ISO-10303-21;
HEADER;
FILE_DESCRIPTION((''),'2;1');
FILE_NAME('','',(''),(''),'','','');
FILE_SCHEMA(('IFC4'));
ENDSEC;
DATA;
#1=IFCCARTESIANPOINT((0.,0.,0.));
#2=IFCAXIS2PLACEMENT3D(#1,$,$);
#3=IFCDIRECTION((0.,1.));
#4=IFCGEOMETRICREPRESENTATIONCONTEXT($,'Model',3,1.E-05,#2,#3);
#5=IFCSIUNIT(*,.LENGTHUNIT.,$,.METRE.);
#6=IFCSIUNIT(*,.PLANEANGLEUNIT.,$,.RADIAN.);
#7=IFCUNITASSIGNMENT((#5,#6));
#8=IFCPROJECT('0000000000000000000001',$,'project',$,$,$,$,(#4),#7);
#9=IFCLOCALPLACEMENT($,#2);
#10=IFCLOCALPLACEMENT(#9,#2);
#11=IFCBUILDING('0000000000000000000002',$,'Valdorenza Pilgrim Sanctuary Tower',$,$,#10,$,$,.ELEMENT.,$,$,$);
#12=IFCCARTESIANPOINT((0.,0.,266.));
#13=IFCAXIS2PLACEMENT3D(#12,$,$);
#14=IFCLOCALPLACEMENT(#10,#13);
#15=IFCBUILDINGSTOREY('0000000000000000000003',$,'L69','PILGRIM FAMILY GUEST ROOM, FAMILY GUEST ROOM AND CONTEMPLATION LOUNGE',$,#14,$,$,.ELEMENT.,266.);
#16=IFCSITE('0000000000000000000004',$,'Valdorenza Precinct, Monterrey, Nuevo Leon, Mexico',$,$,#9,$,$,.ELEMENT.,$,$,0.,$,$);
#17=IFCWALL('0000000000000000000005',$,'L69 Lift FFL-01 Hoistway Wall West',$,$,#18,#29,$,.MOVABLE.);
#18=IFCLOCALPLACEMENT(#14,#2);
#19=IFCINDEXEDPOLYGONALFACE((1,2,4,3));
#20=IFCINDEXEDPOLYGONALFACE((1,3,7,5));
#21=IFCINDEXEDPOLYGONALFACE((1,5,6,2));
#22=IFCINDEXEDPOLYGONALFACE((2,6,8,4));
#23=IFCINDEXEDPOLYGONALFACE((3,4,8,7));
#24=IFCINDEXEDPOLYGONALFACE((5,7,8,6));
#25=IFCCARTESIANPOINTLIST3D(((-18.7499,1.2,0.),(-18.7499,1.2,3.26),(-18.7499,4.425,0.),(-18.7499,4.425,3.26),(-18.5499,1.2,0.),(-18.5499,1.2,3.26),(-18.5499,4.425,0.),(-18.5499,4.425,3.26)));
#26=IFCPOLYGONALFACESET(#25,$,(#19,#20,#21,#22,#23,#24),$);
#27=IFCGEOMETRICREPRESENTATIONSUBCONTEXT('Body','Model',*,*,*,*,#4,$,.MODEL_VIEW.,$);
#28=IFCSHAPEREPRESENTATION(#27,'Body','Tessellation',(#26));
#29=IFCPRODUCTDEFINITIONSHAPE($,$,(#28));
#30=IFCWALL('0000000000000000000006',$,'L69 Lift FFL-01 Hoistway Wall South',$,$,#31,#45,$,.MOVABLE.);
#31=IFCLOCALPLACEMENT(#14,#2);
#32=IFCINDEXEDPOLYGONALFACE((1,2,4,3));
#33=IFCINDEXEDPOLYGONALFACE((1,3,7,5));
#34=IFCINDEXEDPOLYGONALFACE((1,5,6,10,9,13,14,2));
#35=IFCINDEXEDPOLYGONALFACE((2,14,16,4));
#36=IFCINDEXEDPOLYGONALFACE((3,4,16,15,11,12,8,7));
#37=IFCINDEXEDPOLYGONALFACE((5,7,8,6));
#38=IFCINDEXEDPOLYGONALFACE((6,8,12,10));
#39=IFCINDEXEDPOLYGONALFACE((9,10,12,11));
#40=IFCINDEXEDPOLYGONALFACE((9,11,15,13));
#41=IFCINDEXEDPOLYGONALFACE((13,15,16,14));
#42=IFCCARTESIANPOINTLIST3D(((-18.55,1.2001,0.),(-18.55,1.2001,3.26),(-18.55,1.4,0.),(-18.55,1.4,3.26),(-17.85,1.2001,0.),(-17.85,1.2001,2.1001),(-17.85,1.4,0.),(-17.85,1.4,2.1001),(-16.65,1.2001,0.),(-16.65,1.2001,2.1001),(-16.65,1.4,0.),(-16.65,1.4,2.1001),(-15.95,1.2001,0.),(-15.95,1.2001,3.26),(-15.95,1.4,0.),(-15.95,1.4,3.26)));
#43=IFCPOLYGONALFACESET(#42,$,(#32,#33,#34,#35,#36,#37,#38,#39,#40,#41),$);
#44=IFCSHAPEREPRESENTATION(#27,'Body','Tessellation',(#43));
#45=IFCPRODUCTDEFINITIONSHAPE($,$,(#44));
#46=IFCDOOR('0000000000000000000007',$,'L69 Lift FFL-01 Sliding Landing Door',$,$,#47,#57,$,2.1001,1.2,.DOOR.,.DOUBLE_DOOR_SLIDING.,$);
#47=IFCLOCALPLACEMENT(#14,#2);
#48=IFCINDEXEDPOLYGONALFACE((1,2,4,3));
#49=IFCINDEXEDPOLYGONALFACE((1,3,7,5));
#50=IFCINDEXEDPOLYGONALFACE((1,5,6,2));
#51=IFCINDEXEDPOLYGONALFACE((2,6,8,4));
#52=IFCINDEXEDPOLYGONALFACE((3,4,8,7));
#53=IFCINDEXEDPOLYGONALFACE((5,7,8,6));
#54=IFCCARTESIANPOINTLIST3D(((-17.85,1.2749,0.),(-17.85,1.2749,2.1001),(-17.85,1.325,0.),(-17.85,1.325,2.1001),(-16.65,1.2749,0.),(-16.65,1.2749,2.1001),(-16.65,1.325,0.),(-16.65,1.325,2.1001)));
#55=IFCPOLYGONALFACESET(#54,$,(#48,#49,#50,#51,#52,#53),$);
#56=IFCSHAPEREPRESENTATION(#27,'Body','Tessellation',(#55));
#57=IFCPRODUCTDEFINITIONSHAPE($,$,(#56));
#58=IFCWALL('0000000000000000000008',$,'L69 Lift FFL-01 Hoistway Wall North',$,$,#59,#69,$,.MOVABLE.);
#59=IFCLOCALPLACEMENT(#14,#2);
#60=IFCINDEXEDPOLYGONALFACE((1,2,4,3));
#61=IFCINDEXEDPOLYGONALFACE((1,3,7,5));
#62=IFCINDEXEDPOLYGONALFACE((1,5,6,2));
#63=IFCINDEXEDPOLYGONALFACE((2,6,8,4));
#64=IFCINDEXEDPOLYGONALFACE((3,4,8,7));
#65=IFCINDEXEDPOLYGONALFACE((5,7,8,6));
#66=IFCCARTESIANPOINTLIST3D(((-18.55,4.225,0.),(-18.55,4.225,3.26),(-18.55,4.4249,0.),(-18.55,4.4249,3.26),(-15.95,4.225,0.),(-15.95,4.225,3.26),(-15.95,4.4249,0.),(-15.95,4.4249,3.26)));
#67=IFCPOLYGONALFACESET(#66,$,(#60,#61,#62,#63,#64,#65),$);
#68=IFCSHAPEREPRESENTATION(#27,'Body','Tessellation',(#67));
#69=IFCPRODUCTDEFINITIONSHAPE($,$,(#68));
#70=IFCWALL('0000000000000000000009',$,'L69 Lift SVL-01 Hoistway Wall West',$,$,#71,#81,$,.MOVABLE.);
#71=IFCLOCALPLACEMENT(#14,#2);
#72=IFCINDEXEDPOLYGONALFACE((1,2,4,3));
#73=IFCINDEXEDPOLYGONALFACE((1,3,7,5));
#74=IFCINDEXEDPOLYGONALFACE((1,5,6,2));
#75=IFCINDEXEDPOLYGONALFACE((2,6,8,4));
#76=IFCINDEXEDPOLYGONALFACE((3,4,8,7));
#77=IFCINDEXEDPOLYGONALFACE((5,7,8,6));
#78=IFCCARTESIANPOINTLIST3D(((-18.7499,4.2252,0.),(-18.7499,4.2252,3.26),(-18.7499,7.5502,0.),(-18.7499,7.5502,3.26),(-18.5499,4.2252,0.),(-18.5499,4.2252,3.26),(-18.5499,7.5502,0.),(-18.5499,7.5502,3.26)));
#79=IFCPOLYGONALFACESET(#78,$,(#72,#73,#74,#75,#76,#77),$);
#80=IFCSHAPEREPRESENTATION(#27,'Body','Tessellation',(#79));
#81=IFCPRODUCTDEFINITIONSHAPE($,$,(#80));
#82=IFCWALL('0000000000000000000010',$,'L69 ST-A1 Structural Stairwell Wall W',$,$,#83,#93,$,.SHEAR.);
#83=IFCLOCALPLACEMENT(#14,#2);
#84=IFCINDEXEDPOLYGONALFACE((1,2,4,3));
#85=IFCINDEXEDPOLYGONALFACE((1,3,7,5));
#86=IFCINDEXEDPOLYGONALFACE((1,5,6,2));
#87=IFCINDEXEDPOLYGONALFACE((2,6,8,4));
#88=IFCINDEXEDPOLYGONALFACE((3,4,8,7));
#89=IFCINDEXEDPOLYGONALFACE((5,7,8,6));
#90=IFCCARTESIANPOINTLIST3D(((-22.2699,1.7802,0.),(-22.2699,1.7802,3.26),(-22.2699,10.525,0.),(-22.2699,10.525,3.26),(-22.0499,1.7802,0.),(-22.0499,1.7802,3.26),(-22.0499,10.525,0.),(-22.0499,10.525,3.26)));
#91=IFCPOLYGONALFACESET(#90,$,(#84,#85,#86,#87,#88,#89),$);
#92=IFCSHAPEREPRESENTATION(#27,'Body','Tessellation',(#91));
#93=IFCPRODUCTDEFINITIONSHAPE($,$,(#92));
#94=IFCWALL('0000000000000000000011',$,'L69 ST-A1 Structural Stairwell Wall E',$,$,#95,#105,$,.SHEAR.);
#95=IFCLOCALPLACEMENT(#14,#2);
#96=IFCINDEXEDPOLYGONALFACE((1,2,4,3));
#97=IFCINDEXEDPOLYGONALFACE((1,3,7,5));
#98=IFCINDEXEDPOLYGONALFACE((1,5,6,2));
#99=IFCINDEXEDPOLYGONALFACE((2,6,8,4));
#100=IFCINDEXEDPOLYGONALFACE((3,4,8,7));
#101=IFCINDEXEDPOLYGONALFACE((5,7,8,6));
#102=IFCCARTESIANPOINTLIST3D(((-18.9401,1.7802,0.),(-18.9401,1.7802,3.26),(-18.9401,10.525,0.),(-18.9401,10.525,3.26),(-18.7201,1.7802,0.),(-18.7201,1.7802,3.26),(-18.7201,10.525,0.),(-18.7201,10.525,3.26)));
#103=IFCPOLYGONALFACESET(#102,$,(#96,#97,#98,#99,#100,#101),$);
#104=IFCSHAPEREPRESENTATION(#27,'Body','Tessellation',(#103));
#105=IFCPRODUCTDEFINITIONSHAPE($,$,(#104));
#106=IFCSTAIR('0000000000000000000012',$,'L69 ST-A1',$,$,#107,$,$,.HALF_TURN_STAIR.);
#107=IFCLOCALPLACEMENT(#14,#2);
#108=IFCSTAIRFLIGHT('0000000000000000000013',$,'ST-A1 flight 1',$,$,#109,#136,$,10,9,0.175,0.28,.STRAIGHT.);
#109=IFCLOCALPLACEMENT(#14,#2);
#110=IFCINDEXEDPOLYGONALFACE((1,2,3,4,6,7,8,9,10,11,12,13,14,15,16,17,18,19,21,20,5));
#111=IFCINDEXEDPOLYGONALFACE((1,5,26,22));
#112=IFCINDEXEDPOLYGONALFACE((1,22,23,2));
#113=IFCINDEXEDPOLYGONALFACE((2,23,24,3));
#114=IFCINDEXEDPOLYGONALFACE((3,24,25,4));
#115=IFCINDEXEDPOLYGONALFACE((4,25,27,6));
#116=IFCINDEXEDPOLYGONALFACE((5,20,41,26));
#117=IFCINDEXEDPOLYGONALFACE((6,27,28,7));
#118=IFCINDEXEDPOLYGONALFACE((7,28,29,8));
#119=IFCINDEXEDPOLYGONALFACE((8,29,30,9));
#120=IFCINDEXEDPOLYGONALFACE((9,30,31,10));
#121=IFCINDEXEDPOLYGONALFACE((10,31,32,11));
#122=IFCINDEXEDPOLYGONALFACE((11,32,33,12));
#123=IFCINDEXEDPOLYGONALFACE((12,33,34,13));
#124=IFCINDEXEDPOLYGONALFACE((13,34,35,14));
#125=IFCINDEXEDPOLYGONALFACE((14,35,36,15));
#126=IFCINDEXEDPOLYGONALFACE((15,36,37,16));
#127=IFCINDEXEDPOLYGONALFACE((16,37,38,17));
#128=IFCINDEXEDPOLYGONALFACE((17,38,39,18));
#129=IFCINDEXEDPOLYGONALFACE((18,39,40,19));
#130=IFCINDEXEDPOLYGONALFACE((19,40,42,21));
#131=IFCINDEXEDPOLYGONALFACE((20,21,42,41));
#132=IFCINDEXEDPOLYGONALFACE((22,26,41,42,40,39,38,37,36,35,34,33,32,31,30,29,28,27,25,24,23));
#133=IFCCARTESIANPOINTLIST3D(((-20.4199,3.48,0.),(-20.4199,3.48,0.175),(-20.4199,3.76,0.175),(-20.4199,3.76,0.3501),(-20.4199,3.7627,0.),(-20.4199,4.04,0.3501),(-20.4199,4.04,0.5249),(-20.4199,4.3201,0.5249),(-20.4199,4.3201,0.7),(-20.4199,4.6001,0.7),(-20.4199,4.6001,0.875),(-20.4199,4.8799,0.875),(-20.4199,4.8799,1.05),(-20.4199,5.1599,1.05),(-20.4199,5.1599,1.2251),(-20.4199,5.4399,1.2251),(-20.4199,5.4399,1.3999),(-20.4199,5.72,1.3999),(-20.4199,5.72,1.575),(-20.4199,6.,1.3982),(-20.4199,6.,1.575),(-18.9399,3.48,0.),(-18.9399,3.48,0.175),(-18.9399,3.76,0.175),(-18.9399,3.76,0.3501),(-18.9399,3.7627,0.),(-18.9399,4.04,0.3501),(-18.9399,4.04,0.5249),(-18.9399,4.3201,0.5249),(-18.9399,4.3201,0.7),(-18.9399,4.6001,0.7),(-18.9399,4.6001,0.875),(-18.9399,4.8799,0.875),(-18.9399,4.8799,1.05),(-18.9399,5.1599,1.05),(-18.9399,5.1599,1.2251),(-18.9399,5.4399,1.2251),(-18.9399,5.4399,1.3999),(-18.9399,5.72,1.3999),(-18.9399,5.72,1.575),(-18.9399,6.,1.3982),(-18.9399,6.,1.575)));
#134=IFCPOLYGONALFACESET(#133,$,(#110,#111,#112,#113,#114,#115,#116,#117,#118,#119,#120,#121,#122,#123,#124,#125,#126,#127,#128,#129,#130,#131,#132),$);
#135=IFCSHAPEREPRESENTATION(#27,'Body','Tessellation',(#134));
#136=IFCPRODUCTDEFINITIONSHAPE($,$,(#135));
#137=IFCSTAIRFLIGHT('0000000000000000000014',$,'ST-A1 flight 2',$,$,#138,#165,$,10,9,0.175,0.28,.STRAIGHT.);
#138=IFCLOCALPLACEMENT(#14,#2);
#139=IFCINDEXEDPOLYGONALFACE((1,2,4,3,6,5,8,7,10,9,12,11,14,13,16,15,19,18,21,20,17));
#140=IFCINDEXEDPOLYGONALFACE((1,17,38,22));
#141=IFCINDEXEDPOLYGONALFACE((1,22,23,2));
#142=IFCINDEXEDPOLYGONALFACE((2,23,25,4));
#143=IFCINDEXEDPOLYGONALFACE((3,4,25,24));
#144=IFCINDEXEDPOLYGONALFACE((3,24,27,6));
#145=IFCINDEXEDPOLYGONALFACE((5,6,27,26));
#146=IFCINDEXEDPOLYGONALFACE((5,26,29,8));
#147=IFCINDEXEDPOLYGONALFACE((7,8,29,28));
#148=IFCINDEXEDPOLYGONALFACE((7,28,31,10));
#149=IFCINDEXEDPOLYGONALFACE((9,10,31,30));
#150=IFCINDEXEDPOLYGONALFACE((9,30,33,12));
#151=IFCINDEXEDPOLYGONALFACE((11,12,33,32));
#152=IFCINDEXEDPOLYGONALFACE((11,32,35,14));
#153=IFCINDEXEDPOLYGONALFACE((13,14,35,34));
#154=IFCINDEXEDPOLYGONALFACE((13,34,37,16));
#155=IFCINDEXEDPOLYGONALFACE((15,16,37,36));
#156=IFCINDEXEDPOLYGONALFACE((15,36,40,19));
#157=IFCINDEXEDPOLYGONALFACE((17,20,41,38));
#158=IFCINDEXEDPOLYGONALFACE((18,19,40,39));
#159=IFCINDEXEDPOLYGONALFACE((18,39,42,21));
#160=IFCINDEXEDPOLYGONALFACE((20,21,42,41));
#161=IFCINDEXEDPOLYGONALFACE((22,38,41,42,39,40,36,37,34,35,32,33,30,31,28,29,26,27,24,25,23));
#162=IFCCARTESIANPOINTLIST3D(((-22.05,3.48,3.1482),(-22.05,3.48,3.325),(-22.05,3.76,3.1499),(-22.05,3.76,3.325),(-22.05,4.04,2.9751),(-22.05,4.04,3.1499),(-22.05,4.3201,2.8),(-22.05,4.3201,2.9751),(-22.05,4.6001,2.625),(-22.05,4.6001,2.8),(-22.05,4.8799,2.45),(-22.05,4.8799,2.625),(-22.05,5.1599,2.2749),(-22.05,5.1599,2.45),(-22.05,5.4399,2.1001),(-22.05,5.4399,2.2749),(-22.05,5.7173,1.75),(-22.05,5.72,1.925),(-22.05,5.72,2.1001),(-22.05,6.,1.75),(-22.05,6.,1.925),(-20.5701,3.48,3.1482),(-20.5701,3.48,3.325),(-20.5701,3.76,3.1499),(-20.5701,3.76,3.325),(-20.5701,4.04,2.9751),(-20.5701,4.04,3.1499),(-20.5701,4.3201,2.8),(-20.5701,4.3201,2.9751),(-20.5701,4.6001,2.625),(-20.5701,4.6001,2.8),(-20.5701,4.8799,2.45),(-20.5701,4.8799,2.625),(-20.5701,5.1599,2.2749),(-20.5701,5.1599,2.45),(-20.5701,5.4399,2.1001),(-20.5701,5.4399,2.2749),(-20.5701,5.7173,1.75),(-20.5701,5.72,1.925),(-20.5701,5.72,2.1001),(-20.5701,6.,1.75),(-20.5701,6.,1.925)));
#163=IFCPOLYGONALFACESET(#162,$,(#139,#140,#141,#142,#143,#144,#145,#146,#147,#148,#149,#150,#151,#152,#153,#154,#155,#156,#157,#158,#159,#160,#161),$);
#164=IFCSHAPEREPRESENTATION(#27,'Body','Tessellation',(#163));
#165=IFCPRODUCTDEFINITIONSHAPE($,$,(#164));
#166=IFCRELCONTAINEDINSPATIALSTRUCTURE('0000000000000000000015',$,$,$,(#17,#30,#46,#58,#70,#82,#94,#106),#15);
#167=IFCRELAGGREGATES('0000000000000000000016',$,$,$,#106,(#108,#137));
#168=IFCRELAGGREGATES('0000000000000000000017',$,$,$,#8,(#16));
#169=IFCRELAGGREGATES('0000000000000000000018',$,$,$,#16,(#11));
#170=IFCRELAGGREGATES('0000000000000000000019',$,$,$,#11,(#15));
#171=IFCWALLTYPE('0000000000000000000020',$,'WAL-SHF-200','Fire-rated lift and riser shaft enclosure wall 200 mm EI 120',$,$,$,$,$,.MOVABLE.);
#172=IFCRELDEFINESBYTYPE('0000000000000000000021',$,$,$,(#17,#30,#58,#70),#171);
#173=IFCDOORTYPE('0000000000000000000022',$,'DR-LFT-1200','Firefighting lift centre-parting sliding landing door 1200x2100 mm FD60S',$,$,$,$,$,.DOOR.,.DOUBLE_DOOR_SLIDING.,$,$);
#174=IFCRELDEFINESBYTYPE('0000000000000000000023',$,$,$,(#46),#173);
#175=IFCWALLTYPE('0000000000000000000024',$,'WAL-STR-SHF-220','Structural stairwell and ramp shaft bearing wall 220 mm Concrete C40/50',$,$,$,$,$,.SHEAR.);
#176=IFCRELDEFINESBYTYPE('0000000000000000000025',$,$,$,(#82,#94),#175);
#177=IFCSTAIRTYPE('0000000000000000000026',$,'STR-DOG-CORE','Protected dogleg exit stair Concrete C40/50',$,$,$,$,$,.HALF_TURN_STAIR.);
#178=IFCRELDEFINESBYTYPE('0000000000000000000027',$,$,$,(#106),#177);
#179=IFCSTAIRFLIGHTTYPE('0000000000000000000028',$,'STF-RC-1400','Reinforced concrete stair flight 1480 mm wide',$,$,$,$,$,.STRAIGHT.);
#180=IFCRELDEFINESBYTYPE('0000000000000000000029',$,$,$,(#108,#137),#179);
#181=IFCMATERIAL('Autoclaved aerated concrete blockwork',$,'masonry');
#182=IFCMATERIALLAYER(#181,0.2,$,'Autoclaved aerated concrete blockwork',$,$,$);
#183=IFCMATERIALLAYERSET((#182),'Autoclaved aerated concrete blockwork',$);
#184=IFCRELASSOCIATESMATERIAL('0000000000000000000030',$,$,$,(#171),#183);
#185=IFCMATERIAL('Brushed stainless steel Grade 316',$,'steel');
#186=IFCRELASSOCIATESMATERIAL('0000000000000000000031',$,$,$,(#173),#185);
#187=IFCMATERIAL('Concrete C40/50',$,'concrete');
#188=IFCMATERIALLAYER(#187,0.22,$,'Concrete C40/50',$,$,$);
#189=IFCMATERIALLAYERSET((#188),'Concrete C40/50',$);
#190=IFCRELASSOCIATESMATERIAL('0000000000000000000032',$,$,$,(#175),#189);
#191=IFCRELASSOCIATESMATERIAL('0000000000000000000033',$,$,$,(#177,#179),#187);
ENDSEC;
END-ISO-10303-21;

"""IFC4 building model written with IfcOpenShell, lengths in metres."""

from ifc_helpers import new_model, si_unit, direction, frame, frame_2d, origin, place, context, subcontext, project, spatial, polyline, rectangle, outline, extrude, material, layer, layer_set, type_object, element, fill, aggregate, save


model = new_model("IFC4")

# Units and contexts
model_context = context("Model", 3, precision=1e-05, world=origin(), true_north=direction((0.0, 1.0)))
body_context = subcontext(model_context, "Body", "Model", "MODEL_VIEW")
ifc_project = project(units=[si_unit("LENGTHUNIT", "METRE"), si_unit("PLANEANGLEUNIT", "RADIAN")], contexts=[model_context])

# Site, building, storey
site_placement = place(None, origin())
site = spatial("IfcSite", under=ifc_project, at=site_placement, Name="Valdorenza Precinct, Monterrey, Nuevo Leon, Mexico", CompositionType="ELEMENT", RefElevation=0.0)
building_placement = place(site_placement, origin())
building = spatial("IfcBuilding", under=site, at=building_placement, Name="Valdorenza Pilgrim Sanctuary Tower", CompositionType="ELEMENT")
storey_placement = place(building_placement, frame((0.0, 0.0, 266.0)))
storey = spatial("IfcBuildingStorey", under=building, at=storey_placement, Name="L69", Description="PILGRIM FAMILY GUEST ROOM, FAMILY GUEST ROOM AND CONTEMPLATION LOUNGE", CompositionType="ELEMENT", Elevation=266.0)

# Wall
ifc_material_1 = material(Name="Autoclaved aerated concrete blockwork", Category="masonry")
ifc_layer_1 = layer(ifc_material_1, 0.2, Name="Autoclaved aerated concrete blockwork")
ifc_layer_set_1 = layer_set([ifc_layer_1], Name="Autoclaved aerated concrete blockwork")
wall_type_1 = type_object("IfcWallType", Name="WAL-SHF-200", Description="Fire-rated lift and riser shaft enclosure wall 200 mm EI 120", PredefinedType="MOVABLE", material=ifc_layer_set_1)
wall_1_placement = place(storey_placement, frame((-18.6499, 1.2, 0.0), z_axis=(0.0, 0.0, 1.0), x_axis=(0.0, 1.0, 0.0)))
element("IfcWall", 1, at=wall_1_placement, inside=storey, type_object=wall_type_1, Name="L69 Lift FFL-01 Hoistway Wall West", PredefinedType="MOVABLE", context=body_context, shape_type="SweptSolid", body=[
    extrude(rectangle(XDim=3.2251, YDim=0.2, at=frame_2d((1.6125, 0.0))), origin(), (0.0, 0.0, 1.0), 3.26),
])

# Wall, opening, door
wall_2_placement = place(storey_placement, frame((-18.55, 1.3, 0.0), z_axis=(0.0, 0.0, 1.0), x_axis=(1.0, 0.0, 0.0)))
wall_2 = element("IfcWall", 2, at=wall_2_placement, inside=storey, type_object=wall_type_1, Name="L69 Lift FFL-01 Hoistway Wall South", PredefinedType="MOVABLE", context=body_context, shape_type="SweptSolid", body=[
    extrude(rectangle(XDim=2.6001, YDim=0.2, at=frame_2d((1.3, 0.0))), origin(), (0.0, 0.0, 1.0), 3.26),
])
opening_1_placement = place(wall_2_placement, frame((0.7, 0.0, 0.0)))
opening_1 = element("IfcOpeningElement", 3, at=opening_1_placement, cuts=wall_2, PredefinedType="OPENING", context=body_context, shape_type="SweptSolid", body=[
    extrude(rectangle(XDim=1.2, YDim=2.1001, at=frame_2d((0.6001, 1.05))), frame((0.0, 0.1147, 0.0), z_axis=(0.0, -1.0, 0.0), x_axis=(1.0, 0.0, 0.0)), (0.0, 0.0, 1.0), 0.2297),
])
ifc_material_2 = material(Name="Brushed stainless steel Grade 316", Category="steel")
door_type_1 = type_object("IfcDoorType", Name="DR-LFT-1200", Description="Firefighting lift centre-parting sliding landing door 1200x2100 mm FD60S", OperationType="DOUBLE_DOOR_SLIDING", PredefinedType="DOOR", material=ifc_material_2)
door_1_placement = place(opening_1_placement, origin())
door_1 = element("IfcDoor", 4, at=door_1_placement, inside=storey, type_object=door_type_1, Name="L69 Lift FFL-01 Sliding Landing Door", OperationType="DOUBLE_DOOR_SLIDING", OverallHeight=2.1001, OverallWidth=1.2, PredefinedType="DOOR", context=body_context, shape_type="SweptSolid", body=[
    extrude(rectangle(XDim=1.2, YDim=2.1001, at=frame_2d((0.6001, 1.05))), frame((0.0, 0.0249, 0.0), z_axis=(0.0, -1.0, 0.0), x_axis=(1.0, 0.0, 0.0)), (0.0, 0.0, 1.0), 0.05),
])
fill(opening_1, door_1)

# Walls
wall_3_placement = place(storey_placement, frame((-18.55, 4.325, 0.0), z_axis=(0.0, 0.0, 1.0), x_axis=(1.0, 0.0, 0.0)))
element("IfcWall", 5, at=wall_3_placement, inside=storey, type_object=wall_type_1, Name="L69 Lift FFL-01 Hoistway Wall North", PredefinedType="MOVABLE", context=body_context, shape_type="SweptSolid", body=[
    extrude(rectangle(XDim=2.6001, YDim=0.2, at=frame_2d((1.3, 0.0))), origin(), (0.0, 0.0, 1.0), 3.26),
])
wall_4_placement = place(storey_placement, frame((-18.6499, 4.2251, 0.0), z_axis=(0.0, 0.0, 1.0), x_axis=(0.0, 1.0, 0.0)))
element("IfcWall", 6, at=wall_4_placement, inside=storey, type_object=wall_type_1, Name="L69 Lift SVL-01 Hoistway Wall West", PredefinedType="MOVABLE", context=body_context, shape_type="SweptSolid", body=[
    extrude(rectangle(XDim=3.325, YDim=0.2, at=frame_2d((1.6626, 0.0))), origin(), (0.0, 0.0, 1.0), 3.26),
])
ifc_material_3 = material(Name="Concrete C40/50", Category="concrete")
ifc_layer_2 = layer(ifc_material_3, 0.22, Name="Concrete C40/50")
ifc_layer_set_2 = layer_set([ifc_layer_2], Name="Concrete C40/50")
wall_type_2 = type_object("IfcWallType", Name="WAL-STR-SHF-220", Description="Structural stairwell and ramp shaft bearing wall 220 mm Concrete C40/50", PredefinedType="SHEAR", material=ifc_layer_set_2)
for number, where, z_axis, x_axis, name in (
    (7, (-22.1599, 1.78, 0.0), (0.0, 0.0, 1.0), (0.0, 1.0, 0.0), "L69 ST-A1 Structural Stairwell Wall W"),
    (8, (-18.8301, 1.78, 0.0), (0.0, 0.0, 1.0), (0.0, 1.0, 0.0), "L69 ST-A1 Structural Stairwell Wall E"),
):
    element("IfcWall", number, at=place(storey_placement, frame(where, z_axis=z_axis, x_axis=x_axis)), inside=storey, type_object=wall_type_2, Name=name, PredefinedType="SHEAR", context=body_context, shape_type="SweptSolid", body=[
        extrude(rectangle(XDim=8.7449, YDim=0.22, at=frame_2d((4.3726, 0.0))), origin(), (0.0, 0.0, 1.0), 3.26),
    ])

# Stair, stair flights
stair_type = type_object("IfcStairType", Name="STR-DOG-CORE", Description="Protected dogleg exit stair Concrete C40/50", PredefinedType="HALF_TURN_STAIR", material=ifc_material_3)
stair_placement = place(storey_placement, origin())
stair = element("IfcStair", 9, at=stair_placement, inside=storey, type_object=stair_type, Name="L69 ST-A1", PredefinedType="HALF_TURN_STAIR")
stair_flight_type = type_object("IfcStairFlightType", Name="STF-RC-1400", Description="Reinforced concrete stair flight 1480 mm wide", PredefinedType="STRAIGHT", material=ifc_material_3)
stair_flight_1_placement = place(storey_placement, frame((-19.6799, 3.48, 0.0), z_axis=(0.0, 0.0, 1.0), x_axis=(0.0, 1.0, 0.0)))
stair_flight_1 = element("IfcStairFlight", 10, at=stair_flight_1_placement, type_object=stair_flight_type, Name="ST-A1 flight 1", NumberOfRisers=10, NumberOfTreads=9, PredefinedType="STRAIGHT", RiserHeight=0.175, TreadLength=0.28, context=body_context, shape_type="SweptSolid", body=[
    extrude(outline(polyline([(0.0, 0.0), (0.0, 0.175), (0.28, 0.175), (0.28, 0.3501), (0.5601, 0.3501), (0.5601, 0.5249), (0.8401, 0.5249), (0.8401, 0.7), (1.1201, 0.7), (1.1201, 0.875), (1.3999, 0.875), (1.3999, 1.05), (1.6799, 1.05), (1.6799, 1.2251), (1.96, 1.2251), (1.96, 1.3999), (2.24, 1.3999), (2.24, 1.575), (2.52, 1.575), (2.52, 1.75), (2.52, 1.3982), (0.2827, 0.0), (0.0, 0.0)])), frame((0.0, 0.74, 0.0), z_axis=(0.0, -1.0, 0.0), x_axis=(1.0, 0.0, 0.0)), (0.0, 0.0, 1.0), 1.48),
])
stair_flight_2_placement = place(storey_placement, frame((-21.3101, 6.0, 1.75), z_axis=(0.0, 0.0, 1.0), x_axis=(0.0, -1.0, 0.0)))
stair_flight_2 = element("IfcStairFlight", 11, at=stair_flight_2_placement, type_object=stair_flight_type, Name="ST-A1 flight 2", NumberOfRisers=10, NumberOfTreads=9, PredefinedType="STRAIGHT", RiserHeight=0.175, TreadLength=0.28, context=body_context, shape_type="SweptSolid", body=[
    extrude(outline(polyline([(0.0, 0.0), (0.0, 0.175), (0.28, 0.175), (0.28, 0.3501), (0.5601, 0.3501), (0.5601, 0.5249), (0.8401, 0.5249), (0.8401, 0.7), (1.1201, 0.7), (1.1201, 0.875), (1.3999, 0.875), (1.3999, 1.05), (1.6799, 1.05), (1.6799, 1.2251), (1.96, 1.2251), (1.96, 1.3999), (2.24, 1.3999), (2.24, 1.575), (2.52, 1.575), (2.52, 1.75), (2.52, 1.3982), (0.2827, 0.0), (0.0, 0.0)])), frame((0.0, 0.74, 0.0), z_axis=(0.0, -1.0, 0.0), x_axis=(1.0, 0.0, 0.0)), (0.0, 0.0, 1.0), 1.48),
])
aggregate(stair, [stair_flight_1, stair_flight_2])

save(model, "model.ifc")
